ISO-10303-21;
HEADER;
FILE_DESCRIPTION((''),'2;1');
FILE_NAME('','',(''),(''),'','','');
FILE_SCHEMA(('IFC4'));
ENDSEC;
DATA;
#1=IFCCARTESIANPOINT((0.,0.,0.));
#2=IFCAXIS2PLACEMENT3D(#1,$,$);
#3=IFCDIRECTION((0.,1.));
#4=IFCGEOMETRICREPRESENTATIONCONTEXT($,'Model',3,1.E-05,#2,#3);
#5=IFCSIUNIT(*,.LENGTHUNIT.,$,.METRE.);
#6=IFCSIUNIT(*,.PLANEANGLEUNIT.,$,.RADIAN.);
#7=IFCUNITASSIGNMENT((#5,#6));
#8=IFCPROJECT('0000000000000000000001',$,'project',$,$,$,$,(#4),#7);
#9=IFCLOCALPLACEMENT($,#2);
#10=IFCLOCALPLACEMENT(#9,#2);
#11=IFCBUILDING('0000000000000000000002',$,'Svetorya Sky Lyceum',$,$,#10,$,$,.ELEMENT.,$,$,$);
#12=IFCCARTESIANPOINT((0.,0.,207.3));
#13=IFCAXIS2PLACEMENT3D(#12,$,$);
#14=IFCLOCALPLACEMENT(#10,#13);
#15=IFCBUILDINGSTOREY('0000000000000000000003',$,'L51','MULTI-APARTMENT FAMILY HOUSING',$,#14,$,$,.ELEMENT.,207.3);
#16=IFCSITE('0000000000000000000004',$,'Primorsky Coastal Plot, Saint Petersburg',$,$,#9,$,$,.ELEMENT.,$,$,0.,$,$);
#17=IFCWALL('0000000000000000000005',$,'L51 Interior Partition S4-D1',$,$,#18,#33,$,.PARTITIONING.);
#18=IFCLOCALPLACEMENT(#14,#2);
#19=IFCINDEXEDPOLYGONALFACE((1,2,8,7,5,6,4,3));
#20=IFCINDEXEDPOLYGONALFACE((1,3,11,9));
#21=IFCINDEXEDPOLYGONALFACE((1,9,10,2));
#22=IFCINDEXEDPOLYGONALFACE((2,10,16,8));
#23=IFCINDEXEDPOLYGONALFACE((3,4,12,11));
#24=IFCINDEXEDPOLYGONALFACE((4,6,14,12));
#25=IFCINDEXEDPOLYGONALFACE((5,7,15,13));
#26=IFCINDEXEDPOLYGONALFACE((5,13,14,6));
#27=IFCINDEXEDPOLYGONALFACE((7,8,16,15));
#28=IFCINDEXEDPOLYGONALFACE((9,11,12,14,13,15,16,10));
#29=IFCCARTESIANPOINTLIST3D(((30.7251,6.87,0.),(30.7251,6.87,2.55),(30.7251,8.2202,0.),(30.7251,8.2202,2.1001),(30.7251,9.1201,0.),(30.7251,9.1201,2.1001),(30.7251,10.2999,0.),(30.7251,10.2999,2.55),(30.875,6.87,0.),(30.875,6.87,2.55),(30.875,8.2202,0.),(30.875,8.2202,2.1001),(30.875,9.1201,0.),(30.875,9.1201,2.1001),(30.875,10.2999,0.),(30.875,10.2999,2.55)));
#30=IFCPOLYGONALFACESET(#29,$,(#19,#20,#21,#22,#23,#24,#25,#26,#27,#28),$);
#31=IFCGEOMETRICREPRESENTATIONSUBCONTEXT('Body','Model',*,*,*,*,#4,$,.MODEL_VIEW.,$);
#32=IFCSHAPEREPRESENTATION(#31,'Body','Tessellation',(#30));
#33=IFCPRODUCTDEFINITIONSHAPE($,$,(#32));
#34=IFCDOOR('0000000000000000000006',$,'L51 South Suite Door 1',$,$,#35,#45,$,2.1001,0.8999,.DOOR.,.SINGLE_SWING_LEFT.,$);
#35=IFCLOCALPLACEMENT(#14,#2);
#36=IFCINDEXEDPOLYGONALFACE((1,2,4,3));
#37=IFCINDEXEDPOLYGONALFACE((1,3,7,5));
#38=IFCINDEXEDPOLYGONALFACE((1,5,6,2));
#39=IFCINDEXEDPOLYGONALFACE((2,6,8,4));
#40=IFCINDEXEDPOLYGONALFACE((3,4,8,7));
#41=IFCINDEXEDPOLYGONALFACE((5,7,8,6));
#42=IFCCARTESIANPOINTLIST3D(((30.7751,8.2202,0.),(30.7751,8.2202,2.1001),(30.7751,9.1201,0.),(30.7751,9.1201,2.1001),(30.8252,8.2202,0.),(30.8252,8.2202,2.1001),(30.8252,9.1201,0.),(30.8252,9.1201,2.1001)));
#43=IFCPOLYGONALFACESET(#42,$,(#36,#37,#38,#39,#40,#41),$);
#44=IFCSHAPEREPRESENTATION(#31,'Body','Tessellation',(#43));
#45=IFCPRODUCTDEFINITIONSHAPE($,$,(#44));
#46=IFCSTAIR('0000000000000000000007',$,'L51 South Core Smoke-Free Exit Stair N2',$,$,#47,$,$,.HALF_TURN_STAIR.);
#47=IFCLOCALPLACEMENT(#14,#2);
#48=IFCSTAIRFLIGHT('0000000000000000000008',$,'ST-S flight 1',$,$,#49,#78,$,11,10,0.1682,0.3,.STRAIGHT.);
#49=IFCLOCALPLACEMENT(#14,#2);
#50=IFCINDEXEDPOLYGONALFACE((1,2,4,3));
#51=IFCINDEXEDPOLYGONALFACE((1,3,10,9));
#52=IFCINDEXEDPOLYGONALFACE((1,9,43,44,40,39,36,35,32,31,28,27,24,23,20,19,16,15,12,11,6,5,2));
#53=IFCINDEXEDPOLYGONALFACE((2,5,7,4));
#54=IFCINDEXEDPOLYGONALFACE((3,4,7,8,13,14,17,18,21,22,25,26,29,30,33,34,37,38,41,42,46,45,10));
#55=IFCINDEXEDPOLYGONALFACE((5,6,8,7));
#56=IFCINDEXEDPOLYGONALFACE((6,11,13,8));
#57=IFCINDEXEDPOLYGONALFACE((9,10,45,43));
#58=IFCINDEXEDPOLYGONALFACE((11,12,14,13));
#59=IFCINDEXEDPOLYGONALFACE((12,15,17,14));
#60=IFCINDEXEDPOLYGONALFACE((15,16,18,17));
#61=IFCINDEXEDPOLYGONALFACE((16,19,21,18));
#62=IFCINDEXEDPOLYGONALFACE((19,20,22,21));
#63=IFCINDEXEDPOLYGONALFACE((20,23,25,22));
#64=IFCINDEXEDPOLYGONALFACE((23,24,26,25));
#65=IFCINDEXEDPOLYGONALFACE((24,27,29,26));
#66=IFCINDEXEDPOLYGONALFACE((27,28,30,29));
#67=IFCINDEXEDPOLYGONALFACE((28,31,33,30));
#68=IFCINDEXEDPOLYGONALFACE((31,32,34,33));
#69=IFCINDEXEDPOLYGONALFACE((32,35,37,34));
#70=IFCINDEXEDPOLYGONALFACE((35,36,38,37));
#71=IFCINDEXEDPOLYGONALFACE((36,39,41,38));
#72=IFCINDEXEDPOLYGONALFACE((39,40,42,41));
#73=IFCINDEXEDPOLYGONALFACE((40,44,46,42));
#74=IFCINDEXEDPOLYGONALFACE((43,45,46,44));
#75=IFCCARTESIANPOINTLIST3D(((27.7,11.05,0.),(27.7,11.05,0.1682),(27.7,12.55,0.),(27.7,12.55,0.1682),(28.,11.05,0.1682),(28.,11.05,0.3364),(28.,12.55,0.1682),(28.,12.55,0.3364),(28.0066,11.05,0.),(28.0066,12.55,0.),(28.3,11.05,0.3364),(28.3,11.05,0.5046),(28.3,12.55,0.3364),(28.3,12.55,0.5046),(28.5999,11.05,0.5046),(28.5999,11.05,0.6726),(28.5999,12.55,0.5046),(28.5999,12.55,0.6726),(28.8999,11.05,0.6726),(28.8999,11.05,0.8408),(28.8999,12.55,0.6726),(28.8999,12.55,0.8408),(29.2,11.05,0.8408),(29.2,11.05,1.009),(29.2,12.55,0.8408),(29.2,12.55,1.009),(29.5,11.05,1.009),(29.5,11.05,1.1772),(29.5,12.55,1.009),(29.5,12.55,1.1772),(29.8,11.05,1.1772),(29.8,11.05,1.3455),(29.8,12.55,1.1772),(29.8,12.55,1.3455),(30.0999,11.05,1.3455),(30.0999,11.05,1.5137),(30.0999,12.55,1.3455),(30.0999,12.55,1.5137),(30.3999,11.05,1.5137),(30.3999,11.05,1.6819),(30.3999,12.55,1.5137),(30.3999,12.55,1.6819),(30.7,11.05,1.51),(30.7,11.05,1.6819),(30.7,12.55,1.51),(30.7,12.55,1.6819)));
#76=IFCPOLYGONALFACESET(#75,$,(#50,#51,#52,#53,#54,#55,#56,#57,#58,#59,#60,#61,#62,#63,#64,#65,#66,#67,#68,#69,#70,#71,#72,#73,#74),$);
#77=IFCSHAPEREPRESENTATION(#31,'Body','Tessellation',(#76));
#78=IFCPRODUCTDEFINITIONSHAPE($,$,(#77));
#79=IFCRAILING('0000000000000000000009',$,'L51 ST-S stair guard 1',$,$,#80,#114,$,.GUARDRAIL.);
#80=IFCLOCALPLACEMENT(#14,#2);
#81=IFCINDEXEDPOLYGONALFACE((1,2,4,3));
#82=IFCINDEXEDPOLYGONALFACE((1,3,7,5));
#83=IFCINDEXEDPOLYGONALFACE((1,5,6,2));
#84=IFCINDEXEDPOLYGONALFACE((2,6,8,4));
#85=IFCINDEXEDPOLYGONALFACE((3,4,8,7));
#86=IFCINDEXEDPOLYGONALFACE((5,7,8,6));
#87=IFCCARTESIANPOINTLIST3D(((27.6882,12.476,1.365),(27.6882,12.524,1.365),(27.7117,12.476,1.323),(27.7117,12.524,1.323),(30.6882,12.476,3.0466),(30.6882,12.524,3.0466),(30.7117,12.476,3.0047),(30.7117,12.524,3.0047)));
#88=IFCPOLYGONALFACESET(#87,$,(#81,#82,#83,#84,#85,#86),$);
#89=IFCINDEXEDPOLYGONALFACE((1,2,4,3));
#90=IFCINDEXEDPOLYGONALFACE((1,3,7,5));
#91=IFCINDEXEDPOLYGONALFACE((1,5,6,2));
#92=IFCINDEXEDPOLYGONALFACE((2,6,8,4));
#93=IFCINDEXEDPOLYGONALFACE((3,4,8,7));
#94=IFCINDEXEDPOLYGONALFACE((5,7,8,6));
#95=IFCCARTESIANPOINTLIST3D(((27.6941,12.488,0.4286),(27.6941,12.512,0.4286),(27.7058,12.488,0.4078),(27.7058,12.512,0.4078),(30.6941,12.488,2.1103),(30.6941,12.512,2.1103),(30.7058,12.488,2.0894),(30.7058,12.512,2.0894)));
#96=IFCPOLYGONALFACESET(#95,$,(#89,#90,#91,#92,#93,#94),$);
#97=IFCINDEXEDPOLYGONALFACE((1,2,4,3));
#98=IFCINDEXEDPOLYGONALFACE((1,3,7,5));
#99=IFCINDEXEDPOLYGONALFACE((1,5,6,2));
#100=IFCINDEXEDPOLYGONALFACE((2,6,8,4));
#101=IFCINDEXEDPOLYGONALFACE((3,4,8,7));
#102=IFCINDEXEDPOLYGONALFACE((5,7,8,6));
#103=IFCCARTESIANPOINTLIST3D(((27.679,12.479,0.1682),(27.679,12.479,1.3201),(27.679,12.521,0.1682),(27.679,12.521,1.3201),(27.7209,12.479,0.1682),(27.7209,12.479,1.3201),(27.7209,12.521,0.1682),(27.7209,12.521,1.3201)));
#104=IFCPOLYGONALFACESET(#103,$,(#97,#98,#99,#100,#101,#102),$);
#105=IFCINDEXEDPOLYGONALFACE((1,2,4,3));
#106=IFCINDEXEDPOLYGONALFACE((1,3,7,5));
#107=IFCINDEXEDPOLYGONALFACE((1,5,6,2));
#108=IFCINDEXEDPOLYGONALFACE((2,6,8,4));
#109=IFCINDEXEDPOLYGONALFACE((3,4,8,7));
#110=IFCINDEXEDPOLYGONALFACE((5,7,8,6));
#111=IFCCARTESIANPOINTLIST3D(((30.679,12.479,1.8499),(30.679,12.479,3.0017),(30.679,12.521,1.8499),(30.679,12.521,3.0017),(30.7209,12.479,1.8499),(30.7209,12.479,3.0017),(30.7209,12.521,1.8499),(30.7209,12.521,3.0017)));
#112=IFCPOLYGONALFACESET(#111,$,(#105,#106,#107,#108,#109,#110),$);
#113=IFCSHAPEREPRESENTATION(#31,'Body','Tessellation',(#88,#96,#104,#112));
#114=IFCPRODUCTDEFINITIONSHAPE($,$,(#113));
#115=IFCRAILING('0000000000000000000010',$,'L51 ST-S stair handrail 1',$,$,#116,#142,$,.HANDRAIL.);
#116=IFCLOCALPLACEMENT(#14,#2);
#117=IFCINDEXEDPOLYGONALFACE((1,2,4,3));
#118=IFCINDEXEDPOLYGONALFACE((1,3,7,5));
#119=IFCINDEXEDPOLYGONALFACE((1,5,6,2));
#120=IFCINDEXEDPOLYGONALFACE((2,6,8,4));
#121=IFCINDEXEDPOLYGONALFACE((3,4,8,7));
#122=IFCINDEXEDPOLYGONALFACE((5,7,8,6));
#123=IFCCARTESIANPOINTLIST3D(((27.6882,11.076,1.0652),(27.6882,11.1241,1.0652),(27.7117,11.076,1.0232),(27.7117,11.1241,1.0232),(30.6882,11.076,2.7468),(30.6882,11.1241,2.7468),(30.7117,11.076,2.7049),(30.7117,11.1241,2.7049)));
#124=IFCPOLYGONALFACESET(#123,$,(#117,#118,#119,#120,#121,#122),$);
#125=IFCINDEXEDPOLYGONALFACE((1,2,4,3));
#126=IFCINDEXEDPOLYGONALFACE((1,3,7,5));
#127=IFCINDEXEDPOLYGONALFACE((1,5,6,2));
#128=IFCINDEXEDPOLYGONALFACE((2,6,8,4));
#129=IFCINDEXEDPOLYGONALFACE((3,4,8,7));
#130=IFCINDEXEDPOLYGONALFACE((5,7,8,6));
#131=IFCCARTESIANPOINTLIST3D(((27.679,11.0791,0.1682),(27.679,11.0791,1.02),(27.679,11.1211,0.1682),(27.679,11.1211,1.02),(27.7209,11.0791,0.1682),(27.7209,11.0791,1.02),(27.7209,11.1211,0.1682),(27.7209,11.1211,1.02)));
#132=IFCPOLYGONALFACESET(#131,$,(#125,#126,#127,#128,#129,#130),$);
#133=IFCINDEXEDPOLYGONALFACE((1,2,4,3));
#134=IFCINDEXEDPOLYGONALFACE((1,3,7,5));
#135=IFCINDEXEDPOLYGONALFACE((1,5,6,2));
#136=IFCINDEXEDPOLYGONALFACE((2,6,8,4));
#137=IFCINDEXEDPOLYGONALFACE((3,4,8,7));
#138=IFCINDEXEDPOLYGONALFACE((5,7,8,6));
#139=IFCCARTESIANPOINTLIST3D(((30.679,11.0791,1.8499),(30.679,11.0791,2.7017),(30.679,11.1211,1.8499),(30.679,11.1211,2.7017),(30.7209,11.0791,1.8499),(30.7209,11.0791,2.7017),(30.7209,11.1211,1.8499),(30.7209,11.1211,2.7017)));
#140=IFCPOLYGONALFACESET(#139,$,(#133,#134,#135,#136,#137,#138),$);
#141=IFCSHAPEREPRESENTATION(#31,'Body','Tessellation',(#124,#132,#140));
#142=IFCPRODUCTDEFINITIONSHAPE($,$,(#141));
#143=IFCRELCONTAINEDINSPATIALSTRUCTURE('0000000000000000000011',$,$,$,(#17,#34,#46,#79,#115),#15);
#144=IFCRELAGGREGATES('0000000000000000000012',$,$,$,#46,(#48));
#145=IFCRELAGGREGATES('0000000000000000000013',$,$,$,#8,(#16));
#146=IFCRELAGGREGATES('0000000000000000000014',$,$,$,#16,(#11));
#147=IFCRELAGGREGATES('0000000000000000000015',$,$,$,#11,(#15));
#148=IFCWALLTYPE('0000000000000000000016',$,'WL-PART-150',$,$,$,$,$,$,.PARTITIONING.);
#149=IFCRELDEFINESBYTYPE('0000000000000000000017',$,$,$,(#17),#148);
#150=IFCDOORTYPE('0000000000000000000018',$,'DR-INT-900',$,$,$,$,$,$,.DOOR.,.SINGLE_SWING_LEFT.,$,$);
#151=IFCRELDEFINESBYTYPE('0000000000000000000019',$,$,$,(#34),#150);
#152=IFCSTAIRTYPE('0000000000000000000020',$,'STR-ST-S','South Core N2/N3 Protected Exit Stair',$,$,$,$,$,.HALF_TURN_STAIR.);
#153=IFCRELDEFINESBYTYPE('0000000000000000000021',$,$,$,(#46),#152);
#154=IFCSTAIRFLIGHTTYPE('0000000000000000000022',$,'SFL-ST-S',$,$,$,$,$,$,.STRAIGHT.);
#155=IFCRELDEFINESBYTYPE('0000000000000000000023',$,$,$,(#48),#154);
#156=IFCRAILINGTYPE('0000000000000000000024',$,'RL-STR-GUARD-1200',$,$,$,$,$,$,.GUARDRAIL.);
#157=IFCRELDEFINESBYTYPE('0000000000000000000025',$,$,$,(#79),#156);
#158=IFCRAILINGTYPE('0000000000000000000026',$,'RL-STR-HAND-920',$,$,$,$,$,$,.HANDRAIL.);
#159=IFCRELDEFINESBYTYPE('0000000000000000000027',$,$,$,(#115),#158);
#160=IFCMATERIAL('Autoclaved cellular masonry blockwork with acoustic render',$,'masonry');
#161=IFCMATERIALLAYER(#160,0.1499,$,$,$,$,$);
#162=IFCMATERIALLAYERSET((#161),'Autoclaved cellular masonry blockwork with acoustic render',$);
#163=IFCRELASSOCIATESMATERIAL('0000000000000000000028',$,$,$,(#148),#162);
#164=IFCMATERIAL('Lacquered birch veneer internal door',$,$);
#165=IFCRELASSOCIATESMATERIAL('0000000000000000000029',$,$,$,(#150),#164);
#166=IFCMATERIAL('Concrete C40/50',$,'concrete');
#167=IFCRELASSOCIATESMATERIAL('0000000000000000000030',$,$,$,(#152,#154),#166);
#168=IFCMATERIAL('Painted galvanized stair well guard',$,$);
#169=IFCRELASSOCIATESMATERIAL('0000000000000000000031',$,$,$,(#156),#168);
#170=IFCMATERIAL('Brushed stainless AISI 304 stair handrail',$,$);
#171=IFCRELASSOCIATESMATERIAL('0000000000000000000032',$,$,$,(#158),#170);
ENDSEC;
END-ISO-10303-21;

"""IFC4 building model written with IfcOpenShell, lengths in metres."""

from ifc_helpers import new_model, si_unit, direction, frame, frame_2d, origin, origin_2d, place, context, subcontext, project, spatial, polyline, rectangle, outline, extrude, material, layer, layer_set, type_object, element, fill, aggregate, save


model = new_model("IFC4")

# Units and contexts
model_context = context("Model", 3, precision=1e-05, world=origin(), true_north=direction((0.0, 1.0)))
body_context = subcontext(model_context, "Body", "Model", "MODEL_VIEW")
ifc_project = project(units=[si_unit("LENGTHUNIT", "METRE"), si_unit("PLANEANGLEUNIT", "RADIAN")], contexts=[model_context])

# Site, building, storey
site_placement = place(None, origin())
site = spatial("IfcSite", under=ifc_project, at=site_placement, Name="Primorsky Coastal Plot, Saint Petersburg", CompositionType="ELEMENT", RefElevation=0.0)
building_placement = place(site_placement, origin())
building = spatial("IfcBuilding", under=site, at=building_placement, Name="Svetorya Sky Lyceum", CompositionType="ELEMENT")
storey_placement = place(building_placement, frame((0.0, 0.0, 207.3)))
storey = spatial("IfcBuildingStorey", under=building, at=storey_placement, Name="L51", Description="MULTI-APARTMENT FAMILY HOUSING", CompositionType="ELEMENT", Elevation=207.3)

# Shared definitions
ifc_material_1 = material(Name="Concrete C40/50", Category="concrete")

# Wall, opening, door
ifc_material_2 = material(Name="Autoclaved cellular masonry blockwork with acoustic render", Category="masonry")
ifc_layer_1 = layer(ifc_material_2, 0.1499)
ifc_layer_set_1 = layer_set([ifc_layer_1], Name="Autoclaved cellular masonry blockwork with acoustic render")
wall_type_1 = type_object("IfcWallType", Name="WL-PART-150", PredefinedType="PARTITIONING", material=ifc_layer_set_1)
wall_1_placement = place(storey_placement, frame((30.8, 6.8701, 0.0), z_axis=(0.0, 0.0, 1.0), x_axis=(0.0, 1.0, 0.0)))
wall_1 = element("IfcWall", 1, at=wall_1_placement, inside=storey, type_object=wall_type_1, Name="L51 Interior Partition S4-D1", PredefinedType="PARTITIONING", context=body_context, shape_type="SweptSolid", body=[
    extrude(rectangle(XDim=3.4299, YDim=0.1499, at=frame_2d((1.7148, 0.0))), origin(), (0.0, 0.0, 1.0), 2.55),
])
opening_placement = place(wall_1_placement, frame((1.3501, 0.0, 0.0)))
opening = element("IfcOpeningElement", 2, at=opening_placement, cuts=wall_1, PredefinedType="OPENING", context=body_context, shape_type="SweptSolid", body=[
    extrude(rectangle(XDim=0.8999, YDim=2.1001, at=frame_2d((0.45, 1.05))), frame((0.0, 0.085, 0.0), z_axis=(0.0, -1.0, 0.0), x_axis=(1.0, 0.0, 0.0)), (0.0, 0.0, 1.0), 0.1699),
])
ifc_material_3 = material(Name="Lacquered birch veneer internal door")
door_type = type_object("IfcDoorType", Name="DR-INT-900", OperationType="SINGLE_SWING_LEFT", PredefinedType="DOOR", material=ifc_material_3)
door_placement = place(opening_placement, origin())
door = element("IfcDoor", 3, at=door_placement, inside=storey, type_object=door_type, Name="L51 South Suite Door 1", OperationType="SINGLE_SWING_LEFT", OverallHeight=2.1001, OverallWidth=0.8999, PredefinedType="DOOR", context=body_context, shape_type="SweptSolid", body=[
    extrude(rectangle(XDim=0.8999, YDim=2.1001, at=frame_2d((0.45, 1.05))), frame((0.0, 0.0249, 0.0), z_axis=(0.0, -1.0, 0.0), x_axis=(1.0, 0.0, 0.0)), (0.0, 0.0, 1.0), 0.05),
])
fill(opening, door)

# Stair, stair flight
stair_type = type_object("IfcStairType", Name="STR-ST-S", Description="South Core N2/N3 Protected Exit Stair", PredefinedType="HALF_TURN_STAIR", material=ifc_material_1)
stair_placement = place(storey_placement, origin())
stair = element("IfcStair", 4, at=stair_placement, inside=storey, type_object=stair_type, Name="L51 South Core Smoke-Free Exit Stair N2", PredefinedType="HALF_TURN_STAIR")
stair_flight_type = type_object("IfcStairFlightType", Name="SFL-ST-S", PredefinedType="STRAIGHT", material=ifc_material_1)
stair_flight_placement = place(storey_placement, frame((27.7, 11.8, 0.0), z_axis=(0.0, 0.0, 1.0), x_axis=(1.0, 0.0, 0.0)))
stair_flight = element("IfcStairFlight", 5, at=stair_flight_placement, type_object=stair_flight_type, Name="ST-S flight 1", NumberOfRisers=11, NumberOfTreads=10, PredefinedType="STRAIGHT", RiserHeight=0.1682, TreadLength=0.3, context=body_context, shape_type="SweptSolid", body=[
    extrude(outline(polyline([(0.0, 0.0), (0.0, 0.1682), (0.3, 0.1682), (0.3, 0.3364), (0.6001, 0.3364), (0.6001, 0.5046), (0.8999, 0.5046), (0.8999, 0.6726), (1.2, 0.6726), (1.2, 0.8408), (1.5, 0.8408), (1.5, 1.009), (1.8, 1.009), (1.8, 1.1772), (2.1001, 1.1772), (2.1001, 1.3455), (2.3999, 1.3455), (2.3999, 1.5137), (2.7, 1.5137), (2.7, 1.6819), (3.0, 1.6819), (3.0, 1.8501), (3.0, 1.51), (0.3066, 0.0), (0.0, 0.0)])), frame((0.0, 0.75, 0.0), z_axis=(0.0, -1.0, 0.0), x_axis=(1.0, 0.0, 0.0)), (0.0, 0.0, 1.0), 1.5),
])
aggregate(stair, [stair_flight])

# Railings
ifc_material_4 = material(Name="Painted galvanized stair well guard")
railing_type_1 = type_object("IfcRailingType", Name="RL-STR-GUARD-1200", PredefinedType="GUARDRAIL", material=ifc_material_4)
railing_1_placement = place(storey_placement, frame((27.7, 12.5, 0.1682)))
element("IfcRailing", 6, at=railing_1_placement, inside=storey, type_object=railing_type_1, Name="L51 ST-S stair guard 1", PredefinedType="GUARDRAIL", context=body_context, shape_type="SweptSolid", body=[
    extrude(rectangle(XDim=0.0481, YDim=0.0481, at=origin_2d()), frame((0.0, 0.0, 1.1758), z_axis=(0.872303, 0.0, 0.488966), x_axis=(0.0, 1.0, 0.0)), (0.0, 0.0, 1.0), 3.4392),
    extrude(rectangle(XDim=0.0239, YDim=0.0239, at=origin_2d()), frame((0.0, 0.0, 0.25), z_axis=(0.872303, 0.0, 0.488966), x_axis=(0.0, 1.0, 0.0)), (0.0, 0.0, 1.0), 3.4392),
    extrude(rectangle(XDim=0.042, YDim=0.042, at=origin_2d()), origin(), (0.0, 0.0, 1.0), 1.1519),
    extrude(rectangle(XDim=0.042, YDim=0.042, at=origin_2d()), frame((3.0, 0.0, 1.6816)), (0.0, 0.0, 1.0), 1.1519),
])
ifc_material_5 = material(Name="Brushed stainless AISI 304 stair handrail")
railing_type_2 = type_object("IfcRailingType", Name="RL-STR-HAND-920", PredefinedType="HANDRAIL", material=ifc_material_5)
railing_2_placement = place(storey_placement, frame((27.7, 11.1001, 0.1682)))
element("IfcRailing", 7, at=railing_2_placement, inside=storey, type_object=railing_type_2, Name="L51 ST-S stair handrail 1", PredefinedType="HANDRAIL", context=body_context, shape_type="SweptSolid", body=[
    extrude(rectangle(XDim=0.0481, YDim=0.0481, at=origin_2d()), frame((0.0, 0.0, 0.876), z_axis=(0.872303, 0.0, 0.488966), x_axis=(0.0, 1.0, 0.0)), (0.0, 0.0, 1.0), 3.4392),
    extrude(rectangle(XDim=0.042, YDim=0.042, at=origin_2d()), origin(), (0.0, 0.0, 1.0), 0.8518),
    extrude(rectangle(XDim=0.042, YDim=0.042, at=origin_2d()), frame((3.0, 0.0, 1.6816)), (0.0, 0.0, 1.0), 0.8518),
])

save(model, "model.ifc")
